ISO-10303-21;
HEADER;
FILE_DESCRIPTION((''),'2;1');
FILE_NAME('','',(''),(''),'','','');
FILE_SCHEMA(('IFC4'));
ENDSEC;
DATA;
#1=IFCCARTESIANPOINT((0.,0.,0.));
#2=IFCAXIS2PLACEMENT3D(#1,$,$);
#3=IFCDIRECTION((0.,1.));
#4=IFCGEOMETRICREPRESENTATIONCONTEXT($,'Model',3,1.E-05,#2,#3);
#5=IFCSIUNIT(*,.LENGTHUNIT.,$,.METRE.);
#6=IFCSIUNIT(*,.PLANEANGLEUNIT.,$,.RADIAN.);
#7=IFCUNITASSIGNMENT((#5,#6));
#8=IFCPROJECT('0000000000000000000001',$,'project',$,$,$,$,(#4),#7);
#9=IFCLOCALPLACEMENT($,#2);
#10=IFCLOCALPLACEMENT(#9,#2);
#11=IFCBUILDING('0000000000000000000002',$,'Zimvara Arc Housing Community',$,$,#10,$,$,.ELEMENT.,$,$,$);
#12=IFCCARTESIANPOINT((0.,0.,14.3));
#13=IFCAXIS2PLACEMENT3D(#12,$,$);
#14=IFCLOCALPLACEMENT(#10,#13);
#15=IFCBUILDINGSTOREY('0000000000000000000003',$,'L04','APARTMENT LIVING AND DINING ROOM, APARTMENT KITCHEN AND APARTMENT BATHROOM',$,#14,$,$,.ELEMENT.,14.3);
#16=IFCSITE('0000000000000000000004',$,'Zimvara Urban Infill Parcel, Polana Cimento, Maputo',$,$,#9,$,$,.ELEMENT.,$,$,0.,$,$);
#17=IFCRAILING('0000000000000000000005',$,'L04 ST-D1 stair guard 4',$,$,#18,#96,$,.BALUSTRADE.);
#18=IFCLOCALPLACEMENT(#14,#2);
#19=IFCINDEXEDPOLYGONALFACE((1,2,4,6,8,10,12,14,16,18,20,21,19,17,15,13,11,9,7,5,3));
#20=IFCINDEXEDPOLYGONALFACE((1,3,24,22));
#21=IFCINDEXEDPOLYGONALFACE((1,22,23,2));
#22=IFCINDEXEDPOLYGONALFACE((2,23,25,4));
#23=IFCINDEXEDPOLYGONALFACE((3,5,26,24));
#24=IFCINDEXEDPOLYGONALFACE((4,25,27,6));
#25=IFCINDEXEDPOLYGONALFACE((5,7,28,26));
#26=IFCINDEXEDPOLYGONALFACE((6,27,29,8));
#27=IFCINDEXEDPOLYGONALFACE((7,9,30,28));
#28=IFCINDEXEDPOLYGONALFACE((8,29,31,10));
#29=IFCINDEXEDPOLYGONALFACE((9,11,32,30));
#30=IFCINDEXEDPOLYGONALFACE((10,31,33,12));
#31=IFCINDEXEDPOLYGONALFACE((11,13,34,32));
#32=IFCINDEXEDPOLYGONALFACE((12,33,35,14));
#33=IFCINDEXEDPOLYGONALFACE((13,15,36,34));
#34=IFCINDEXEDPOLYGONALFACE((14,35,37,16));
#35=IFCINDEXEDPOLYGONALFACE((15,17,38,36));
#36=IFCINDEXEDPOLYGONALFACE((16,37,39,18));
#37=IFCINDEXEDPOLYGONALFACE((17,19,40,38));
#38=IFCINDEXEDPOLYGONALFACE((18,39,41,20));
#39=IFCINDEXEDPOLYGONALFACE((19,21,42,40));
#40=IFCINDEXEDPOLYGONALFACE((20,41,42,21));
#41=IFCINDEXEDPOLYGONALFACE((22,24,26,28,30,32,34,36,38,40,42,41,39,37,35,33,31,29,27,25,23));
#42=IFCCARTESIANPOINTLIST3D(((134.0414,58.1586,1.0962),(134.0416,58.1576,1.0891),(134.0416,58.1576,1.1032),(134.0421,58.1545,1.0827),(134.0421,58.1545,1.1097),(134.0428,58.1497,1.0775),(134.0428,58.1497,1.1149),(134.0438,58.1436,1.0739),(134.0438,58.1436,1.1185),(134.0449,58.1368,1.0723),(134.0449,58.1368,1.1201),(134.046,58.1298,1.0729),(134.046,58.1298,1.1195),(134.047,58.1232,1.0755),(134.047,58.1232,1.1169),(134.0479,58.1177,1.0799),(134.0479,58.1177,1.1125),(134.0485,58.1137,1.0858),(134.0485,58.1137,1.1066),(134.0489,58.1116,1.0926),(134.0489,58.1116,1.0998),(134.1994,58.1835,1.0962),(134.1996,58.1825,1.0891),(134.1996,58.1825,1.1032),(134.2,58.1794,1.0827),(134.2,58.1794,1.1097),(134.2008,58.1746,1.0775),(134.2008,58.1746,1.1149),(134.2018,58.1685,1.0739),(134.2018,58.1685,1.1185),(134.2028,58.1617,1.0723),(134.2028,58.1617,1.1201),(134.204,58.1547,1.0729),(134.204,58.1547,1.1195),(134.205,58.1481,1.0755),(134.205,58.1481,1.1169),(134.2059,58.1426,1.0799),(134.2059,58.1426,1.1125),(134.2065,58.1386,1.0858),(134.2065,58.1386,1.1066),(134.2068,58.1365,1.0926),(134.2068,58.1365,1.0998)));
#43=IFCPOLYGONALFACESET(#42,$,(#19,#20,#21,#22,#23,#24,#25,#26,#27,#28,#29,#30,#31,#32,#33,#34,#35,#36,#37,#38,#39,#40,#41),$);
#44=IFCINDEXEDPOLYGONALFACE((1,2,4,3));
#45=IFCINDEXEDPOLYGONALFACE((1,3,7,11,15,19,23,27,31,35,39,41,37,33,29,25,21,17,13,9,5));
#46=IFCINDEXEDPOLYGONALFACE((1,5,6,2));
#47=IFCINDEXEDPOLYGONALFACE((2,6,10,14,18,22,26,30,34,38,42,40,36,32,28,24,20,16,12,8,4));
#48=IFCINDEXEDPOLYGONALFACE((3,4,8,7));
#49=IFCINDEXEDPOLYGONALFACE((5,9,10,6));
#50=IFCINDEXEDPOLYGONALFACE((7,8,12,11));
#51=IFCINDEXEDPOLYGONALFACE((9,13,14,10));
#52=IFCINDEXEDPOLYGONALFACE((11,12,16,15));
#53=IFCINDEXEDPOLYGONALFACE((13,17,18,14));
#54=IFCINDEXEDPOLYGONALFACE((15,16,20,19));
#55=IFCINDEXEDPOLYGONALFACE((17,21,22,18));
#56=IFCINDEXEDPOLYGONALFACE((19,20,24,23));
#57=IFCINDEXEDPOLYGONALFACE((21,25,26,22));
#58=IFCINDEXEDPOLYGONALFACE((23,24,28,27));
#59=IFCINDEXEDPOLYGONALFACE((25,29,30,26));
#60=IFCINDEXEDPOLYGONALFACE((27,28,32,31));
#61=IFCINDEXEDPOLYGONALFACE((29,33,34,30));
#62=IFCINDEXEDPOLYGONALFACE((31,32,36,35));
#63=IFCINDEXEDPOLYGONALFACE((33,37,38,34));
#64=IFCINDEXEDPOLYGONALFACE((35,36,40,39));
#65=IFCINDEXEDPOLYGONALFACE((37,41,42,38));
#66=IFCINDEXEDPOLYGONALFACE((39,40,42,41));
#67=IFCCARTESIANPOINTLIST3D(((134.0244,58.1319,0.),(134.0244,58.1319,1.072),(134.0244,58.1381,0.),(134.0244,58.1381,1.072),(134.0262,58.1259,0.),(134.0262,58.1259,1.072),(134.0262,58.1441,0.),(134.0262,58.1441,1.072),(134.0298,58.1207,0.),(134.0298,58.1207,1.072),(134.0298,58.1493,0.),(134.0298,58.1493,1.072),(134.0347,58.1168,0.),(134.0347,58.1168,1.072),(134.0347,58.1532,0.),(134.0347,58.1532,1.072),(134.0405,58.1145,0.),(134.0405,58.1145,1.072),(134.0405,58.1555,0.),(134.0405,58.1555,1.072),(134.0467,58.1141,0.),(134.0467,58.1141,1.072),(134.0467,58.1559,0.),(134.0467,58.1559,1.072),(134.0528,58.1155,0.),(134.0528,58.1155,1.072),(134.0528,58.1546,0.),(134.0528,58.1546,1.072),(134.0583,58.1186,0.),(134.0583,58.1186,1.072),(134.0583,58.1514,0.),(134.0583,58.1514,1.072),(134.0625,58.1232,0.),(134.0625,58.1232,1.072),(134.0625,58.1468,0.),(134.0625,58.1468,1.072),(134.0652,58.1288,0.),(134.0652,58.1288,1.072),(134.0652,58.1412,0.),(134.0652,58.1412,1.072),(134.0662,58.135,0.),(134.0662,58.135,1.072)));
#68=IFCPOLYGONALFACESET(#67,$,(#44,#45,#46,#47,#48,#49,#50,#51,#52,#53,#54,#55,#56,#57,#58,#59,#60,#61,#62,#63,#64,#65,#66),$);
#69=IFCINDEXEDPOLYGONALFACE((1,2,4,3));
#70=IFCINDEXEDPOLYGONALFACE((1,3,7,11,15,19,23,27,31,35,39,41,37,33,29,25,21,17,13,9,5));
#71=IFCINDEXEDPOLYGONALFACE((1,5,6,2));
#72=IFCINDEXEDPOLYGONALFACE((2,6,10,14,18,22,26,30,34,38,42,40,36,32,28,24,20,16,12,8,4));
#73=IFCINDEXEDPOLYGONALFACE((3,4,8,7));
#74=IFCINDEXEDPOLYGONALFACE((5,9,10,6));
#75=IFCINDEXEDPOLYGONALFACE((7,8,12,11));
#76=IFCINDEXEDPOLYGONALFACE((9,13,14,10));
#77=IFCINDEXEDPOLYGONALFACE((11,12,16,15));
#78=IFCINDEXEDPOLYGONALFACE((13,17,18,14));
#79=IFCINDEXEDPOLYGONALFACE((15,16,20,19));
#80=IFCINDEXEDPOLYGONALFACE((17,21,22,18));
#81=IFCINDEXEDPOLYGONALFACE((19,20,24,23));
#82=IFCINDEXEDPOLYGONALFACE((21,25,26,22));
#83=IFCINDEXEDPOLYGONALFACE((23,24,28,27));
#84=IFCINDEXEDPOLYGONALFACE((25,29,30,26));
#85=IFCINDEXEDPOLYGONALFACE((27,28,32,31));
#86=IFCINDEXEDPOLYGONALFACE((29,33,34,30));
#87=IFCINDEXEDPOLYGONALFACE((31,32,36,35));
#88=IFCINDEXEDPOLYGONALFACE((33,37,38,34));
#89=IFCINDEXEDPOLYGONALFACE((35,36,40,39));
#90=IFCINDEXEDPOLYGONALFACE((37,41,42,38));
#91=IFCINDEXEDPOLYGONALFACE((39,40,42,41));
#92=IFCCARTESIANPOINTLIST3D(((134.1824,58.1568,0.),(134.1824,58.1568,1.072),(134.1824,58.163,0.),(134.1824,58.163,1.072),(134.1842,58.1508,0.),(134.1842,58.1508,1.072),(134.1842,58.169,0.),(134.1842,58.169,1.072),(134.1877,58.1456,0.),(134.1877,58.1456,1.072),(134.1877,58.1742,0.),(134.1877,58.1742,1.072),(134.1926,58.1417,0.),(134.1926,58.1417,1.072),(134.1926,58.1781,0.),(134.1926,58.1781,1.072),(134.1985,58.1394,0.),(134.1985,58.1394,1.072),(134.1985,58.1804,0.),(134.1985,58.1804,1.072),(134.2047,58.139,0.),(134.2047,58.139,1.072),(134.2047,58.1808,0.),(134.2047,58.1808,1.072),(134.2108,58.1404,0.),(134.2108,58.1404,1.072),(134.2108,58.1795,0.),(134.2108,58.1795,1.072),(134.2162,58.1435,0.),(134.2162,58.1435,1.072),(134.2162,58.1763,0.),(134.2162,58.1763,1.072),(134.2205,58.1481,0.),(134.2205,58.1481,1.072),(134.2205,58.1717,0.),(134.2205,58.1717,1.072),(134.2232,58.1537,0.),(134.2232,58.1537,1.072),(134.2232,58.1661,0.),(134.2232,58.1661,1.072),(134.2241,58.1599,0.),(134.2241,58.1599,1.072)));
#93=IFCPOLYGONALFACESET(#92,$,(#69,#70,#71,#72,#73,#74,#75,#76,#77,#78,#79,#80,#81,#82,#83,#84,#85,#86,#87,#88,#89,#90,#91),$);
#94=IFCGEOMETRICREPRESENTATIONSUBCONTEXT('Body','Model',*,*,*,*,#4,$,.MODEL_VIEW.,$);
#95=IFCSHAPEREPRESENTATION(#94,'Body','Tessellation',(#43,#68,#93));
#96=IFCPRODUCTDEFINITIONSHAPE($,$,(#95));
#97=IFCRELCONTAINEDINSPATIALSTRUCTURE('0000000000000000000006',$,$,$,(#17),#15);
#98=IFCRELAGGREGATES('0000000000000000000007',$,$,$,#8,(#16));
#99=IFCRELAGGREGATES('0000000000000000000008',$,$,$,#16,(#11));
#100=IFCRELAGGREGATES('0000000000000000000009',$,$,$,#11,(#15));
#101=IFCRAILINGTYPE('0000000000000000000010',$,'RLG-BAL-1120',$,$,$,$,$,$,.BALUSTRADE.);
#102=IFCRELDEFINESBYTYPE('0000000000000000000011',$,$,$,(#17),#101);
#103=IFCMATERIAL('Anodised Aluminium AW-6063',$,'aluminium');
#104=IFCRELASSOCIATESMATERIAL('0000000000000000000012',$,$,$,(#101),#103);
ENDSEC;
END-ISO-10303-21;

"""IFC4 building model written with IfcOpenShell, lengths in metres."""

from ifc_helpers import new_model, si_unit, direction, frame, origin, origin_2d, place, context, subcontext, project, spatial, circle, extrude, material, type_object, element, save


model = new_model("IFC4")

# Units and contexts
model_context = context("Model", 3, precision=1e-05, world=origin(), true_north=direction((0.0, 1.0)))
body_context = subcontext(model_context, "Body", "Model", "MODEL_VIEW")
ifc_project = project(units=[si_unit("LENGTHUNIT", "METRE"), si_unit("PLANEANGLEUNIT", "RADIAN")], contexts=[model_context])

# Site, building, storey
site_placement = place(None, origin())
site = spatial("IfcSite", under=ifc_project, at=site_placement, Name="Zimvara Urban Infill Parcel, Polana Cimento, Maputo", CompositionType="ELEMENT", RefElevation=0.0)
building_placement = place(site_placement, origin())
building = spatial("IfcBuilding", under=site, at=building_placement, Name="Zimvara Arc Housing Community", CompositionType="ELEMENT")
storey_placement = place(building_placement, frame((0.0, 0.0, 14.3)))
storey = spatial("IfcBuildingStorey", under=building, at=storey_placement, Name="L04", Description="APARTMENT LIVING AND DINING ROOM, APARTMENT KITCHEN AND APARTMENT BATHROOM", CompositionType="ELEMENT", Elevation=14.3)

# Railing
ifc_material_1 = material(Name="Anodised Aluminium AW-6063", Category="aluminium")
railing_type_1 = type_object("IfcRailingType", Name="RLG-BAL-1120", PredefinedType="BALUSTRADE", material=ifc_material_1)
railing_1_placement = place(storey_placement, frame((134.0452, 58.135, 0.0)))
element("IfcRailing", 1, at=railing_1_placement, inside=storey, type_object=railing_type_1, Name="L04 ST-D1 stair guard 4", PredefinedType="BALUSTRADE", context=body_context, shape_type="SweptSolid", body=[
    extrude(circle(Radius=0.0239, at=origin_2d()), frame((0.0, 0.0, 1.0962), z_axis=(0.9878, 0.155727, 0.0), x_axis=(-0.155727, 0.9878, 0.0)), (0.0, 0.0, 1.0), 0.1599),
    extrude(circle(Radius=0.021, at=origin_2d()), origin(), (0.0, 0.0, 1.0), 1.072),
    extrude(circle(Radius=0.021, at=origin_2d()), frame((0.158, 0.0249, 0.0)), (0.0, 0.0, 1.0), 1.072),
])

save(model, "model.ifc")
